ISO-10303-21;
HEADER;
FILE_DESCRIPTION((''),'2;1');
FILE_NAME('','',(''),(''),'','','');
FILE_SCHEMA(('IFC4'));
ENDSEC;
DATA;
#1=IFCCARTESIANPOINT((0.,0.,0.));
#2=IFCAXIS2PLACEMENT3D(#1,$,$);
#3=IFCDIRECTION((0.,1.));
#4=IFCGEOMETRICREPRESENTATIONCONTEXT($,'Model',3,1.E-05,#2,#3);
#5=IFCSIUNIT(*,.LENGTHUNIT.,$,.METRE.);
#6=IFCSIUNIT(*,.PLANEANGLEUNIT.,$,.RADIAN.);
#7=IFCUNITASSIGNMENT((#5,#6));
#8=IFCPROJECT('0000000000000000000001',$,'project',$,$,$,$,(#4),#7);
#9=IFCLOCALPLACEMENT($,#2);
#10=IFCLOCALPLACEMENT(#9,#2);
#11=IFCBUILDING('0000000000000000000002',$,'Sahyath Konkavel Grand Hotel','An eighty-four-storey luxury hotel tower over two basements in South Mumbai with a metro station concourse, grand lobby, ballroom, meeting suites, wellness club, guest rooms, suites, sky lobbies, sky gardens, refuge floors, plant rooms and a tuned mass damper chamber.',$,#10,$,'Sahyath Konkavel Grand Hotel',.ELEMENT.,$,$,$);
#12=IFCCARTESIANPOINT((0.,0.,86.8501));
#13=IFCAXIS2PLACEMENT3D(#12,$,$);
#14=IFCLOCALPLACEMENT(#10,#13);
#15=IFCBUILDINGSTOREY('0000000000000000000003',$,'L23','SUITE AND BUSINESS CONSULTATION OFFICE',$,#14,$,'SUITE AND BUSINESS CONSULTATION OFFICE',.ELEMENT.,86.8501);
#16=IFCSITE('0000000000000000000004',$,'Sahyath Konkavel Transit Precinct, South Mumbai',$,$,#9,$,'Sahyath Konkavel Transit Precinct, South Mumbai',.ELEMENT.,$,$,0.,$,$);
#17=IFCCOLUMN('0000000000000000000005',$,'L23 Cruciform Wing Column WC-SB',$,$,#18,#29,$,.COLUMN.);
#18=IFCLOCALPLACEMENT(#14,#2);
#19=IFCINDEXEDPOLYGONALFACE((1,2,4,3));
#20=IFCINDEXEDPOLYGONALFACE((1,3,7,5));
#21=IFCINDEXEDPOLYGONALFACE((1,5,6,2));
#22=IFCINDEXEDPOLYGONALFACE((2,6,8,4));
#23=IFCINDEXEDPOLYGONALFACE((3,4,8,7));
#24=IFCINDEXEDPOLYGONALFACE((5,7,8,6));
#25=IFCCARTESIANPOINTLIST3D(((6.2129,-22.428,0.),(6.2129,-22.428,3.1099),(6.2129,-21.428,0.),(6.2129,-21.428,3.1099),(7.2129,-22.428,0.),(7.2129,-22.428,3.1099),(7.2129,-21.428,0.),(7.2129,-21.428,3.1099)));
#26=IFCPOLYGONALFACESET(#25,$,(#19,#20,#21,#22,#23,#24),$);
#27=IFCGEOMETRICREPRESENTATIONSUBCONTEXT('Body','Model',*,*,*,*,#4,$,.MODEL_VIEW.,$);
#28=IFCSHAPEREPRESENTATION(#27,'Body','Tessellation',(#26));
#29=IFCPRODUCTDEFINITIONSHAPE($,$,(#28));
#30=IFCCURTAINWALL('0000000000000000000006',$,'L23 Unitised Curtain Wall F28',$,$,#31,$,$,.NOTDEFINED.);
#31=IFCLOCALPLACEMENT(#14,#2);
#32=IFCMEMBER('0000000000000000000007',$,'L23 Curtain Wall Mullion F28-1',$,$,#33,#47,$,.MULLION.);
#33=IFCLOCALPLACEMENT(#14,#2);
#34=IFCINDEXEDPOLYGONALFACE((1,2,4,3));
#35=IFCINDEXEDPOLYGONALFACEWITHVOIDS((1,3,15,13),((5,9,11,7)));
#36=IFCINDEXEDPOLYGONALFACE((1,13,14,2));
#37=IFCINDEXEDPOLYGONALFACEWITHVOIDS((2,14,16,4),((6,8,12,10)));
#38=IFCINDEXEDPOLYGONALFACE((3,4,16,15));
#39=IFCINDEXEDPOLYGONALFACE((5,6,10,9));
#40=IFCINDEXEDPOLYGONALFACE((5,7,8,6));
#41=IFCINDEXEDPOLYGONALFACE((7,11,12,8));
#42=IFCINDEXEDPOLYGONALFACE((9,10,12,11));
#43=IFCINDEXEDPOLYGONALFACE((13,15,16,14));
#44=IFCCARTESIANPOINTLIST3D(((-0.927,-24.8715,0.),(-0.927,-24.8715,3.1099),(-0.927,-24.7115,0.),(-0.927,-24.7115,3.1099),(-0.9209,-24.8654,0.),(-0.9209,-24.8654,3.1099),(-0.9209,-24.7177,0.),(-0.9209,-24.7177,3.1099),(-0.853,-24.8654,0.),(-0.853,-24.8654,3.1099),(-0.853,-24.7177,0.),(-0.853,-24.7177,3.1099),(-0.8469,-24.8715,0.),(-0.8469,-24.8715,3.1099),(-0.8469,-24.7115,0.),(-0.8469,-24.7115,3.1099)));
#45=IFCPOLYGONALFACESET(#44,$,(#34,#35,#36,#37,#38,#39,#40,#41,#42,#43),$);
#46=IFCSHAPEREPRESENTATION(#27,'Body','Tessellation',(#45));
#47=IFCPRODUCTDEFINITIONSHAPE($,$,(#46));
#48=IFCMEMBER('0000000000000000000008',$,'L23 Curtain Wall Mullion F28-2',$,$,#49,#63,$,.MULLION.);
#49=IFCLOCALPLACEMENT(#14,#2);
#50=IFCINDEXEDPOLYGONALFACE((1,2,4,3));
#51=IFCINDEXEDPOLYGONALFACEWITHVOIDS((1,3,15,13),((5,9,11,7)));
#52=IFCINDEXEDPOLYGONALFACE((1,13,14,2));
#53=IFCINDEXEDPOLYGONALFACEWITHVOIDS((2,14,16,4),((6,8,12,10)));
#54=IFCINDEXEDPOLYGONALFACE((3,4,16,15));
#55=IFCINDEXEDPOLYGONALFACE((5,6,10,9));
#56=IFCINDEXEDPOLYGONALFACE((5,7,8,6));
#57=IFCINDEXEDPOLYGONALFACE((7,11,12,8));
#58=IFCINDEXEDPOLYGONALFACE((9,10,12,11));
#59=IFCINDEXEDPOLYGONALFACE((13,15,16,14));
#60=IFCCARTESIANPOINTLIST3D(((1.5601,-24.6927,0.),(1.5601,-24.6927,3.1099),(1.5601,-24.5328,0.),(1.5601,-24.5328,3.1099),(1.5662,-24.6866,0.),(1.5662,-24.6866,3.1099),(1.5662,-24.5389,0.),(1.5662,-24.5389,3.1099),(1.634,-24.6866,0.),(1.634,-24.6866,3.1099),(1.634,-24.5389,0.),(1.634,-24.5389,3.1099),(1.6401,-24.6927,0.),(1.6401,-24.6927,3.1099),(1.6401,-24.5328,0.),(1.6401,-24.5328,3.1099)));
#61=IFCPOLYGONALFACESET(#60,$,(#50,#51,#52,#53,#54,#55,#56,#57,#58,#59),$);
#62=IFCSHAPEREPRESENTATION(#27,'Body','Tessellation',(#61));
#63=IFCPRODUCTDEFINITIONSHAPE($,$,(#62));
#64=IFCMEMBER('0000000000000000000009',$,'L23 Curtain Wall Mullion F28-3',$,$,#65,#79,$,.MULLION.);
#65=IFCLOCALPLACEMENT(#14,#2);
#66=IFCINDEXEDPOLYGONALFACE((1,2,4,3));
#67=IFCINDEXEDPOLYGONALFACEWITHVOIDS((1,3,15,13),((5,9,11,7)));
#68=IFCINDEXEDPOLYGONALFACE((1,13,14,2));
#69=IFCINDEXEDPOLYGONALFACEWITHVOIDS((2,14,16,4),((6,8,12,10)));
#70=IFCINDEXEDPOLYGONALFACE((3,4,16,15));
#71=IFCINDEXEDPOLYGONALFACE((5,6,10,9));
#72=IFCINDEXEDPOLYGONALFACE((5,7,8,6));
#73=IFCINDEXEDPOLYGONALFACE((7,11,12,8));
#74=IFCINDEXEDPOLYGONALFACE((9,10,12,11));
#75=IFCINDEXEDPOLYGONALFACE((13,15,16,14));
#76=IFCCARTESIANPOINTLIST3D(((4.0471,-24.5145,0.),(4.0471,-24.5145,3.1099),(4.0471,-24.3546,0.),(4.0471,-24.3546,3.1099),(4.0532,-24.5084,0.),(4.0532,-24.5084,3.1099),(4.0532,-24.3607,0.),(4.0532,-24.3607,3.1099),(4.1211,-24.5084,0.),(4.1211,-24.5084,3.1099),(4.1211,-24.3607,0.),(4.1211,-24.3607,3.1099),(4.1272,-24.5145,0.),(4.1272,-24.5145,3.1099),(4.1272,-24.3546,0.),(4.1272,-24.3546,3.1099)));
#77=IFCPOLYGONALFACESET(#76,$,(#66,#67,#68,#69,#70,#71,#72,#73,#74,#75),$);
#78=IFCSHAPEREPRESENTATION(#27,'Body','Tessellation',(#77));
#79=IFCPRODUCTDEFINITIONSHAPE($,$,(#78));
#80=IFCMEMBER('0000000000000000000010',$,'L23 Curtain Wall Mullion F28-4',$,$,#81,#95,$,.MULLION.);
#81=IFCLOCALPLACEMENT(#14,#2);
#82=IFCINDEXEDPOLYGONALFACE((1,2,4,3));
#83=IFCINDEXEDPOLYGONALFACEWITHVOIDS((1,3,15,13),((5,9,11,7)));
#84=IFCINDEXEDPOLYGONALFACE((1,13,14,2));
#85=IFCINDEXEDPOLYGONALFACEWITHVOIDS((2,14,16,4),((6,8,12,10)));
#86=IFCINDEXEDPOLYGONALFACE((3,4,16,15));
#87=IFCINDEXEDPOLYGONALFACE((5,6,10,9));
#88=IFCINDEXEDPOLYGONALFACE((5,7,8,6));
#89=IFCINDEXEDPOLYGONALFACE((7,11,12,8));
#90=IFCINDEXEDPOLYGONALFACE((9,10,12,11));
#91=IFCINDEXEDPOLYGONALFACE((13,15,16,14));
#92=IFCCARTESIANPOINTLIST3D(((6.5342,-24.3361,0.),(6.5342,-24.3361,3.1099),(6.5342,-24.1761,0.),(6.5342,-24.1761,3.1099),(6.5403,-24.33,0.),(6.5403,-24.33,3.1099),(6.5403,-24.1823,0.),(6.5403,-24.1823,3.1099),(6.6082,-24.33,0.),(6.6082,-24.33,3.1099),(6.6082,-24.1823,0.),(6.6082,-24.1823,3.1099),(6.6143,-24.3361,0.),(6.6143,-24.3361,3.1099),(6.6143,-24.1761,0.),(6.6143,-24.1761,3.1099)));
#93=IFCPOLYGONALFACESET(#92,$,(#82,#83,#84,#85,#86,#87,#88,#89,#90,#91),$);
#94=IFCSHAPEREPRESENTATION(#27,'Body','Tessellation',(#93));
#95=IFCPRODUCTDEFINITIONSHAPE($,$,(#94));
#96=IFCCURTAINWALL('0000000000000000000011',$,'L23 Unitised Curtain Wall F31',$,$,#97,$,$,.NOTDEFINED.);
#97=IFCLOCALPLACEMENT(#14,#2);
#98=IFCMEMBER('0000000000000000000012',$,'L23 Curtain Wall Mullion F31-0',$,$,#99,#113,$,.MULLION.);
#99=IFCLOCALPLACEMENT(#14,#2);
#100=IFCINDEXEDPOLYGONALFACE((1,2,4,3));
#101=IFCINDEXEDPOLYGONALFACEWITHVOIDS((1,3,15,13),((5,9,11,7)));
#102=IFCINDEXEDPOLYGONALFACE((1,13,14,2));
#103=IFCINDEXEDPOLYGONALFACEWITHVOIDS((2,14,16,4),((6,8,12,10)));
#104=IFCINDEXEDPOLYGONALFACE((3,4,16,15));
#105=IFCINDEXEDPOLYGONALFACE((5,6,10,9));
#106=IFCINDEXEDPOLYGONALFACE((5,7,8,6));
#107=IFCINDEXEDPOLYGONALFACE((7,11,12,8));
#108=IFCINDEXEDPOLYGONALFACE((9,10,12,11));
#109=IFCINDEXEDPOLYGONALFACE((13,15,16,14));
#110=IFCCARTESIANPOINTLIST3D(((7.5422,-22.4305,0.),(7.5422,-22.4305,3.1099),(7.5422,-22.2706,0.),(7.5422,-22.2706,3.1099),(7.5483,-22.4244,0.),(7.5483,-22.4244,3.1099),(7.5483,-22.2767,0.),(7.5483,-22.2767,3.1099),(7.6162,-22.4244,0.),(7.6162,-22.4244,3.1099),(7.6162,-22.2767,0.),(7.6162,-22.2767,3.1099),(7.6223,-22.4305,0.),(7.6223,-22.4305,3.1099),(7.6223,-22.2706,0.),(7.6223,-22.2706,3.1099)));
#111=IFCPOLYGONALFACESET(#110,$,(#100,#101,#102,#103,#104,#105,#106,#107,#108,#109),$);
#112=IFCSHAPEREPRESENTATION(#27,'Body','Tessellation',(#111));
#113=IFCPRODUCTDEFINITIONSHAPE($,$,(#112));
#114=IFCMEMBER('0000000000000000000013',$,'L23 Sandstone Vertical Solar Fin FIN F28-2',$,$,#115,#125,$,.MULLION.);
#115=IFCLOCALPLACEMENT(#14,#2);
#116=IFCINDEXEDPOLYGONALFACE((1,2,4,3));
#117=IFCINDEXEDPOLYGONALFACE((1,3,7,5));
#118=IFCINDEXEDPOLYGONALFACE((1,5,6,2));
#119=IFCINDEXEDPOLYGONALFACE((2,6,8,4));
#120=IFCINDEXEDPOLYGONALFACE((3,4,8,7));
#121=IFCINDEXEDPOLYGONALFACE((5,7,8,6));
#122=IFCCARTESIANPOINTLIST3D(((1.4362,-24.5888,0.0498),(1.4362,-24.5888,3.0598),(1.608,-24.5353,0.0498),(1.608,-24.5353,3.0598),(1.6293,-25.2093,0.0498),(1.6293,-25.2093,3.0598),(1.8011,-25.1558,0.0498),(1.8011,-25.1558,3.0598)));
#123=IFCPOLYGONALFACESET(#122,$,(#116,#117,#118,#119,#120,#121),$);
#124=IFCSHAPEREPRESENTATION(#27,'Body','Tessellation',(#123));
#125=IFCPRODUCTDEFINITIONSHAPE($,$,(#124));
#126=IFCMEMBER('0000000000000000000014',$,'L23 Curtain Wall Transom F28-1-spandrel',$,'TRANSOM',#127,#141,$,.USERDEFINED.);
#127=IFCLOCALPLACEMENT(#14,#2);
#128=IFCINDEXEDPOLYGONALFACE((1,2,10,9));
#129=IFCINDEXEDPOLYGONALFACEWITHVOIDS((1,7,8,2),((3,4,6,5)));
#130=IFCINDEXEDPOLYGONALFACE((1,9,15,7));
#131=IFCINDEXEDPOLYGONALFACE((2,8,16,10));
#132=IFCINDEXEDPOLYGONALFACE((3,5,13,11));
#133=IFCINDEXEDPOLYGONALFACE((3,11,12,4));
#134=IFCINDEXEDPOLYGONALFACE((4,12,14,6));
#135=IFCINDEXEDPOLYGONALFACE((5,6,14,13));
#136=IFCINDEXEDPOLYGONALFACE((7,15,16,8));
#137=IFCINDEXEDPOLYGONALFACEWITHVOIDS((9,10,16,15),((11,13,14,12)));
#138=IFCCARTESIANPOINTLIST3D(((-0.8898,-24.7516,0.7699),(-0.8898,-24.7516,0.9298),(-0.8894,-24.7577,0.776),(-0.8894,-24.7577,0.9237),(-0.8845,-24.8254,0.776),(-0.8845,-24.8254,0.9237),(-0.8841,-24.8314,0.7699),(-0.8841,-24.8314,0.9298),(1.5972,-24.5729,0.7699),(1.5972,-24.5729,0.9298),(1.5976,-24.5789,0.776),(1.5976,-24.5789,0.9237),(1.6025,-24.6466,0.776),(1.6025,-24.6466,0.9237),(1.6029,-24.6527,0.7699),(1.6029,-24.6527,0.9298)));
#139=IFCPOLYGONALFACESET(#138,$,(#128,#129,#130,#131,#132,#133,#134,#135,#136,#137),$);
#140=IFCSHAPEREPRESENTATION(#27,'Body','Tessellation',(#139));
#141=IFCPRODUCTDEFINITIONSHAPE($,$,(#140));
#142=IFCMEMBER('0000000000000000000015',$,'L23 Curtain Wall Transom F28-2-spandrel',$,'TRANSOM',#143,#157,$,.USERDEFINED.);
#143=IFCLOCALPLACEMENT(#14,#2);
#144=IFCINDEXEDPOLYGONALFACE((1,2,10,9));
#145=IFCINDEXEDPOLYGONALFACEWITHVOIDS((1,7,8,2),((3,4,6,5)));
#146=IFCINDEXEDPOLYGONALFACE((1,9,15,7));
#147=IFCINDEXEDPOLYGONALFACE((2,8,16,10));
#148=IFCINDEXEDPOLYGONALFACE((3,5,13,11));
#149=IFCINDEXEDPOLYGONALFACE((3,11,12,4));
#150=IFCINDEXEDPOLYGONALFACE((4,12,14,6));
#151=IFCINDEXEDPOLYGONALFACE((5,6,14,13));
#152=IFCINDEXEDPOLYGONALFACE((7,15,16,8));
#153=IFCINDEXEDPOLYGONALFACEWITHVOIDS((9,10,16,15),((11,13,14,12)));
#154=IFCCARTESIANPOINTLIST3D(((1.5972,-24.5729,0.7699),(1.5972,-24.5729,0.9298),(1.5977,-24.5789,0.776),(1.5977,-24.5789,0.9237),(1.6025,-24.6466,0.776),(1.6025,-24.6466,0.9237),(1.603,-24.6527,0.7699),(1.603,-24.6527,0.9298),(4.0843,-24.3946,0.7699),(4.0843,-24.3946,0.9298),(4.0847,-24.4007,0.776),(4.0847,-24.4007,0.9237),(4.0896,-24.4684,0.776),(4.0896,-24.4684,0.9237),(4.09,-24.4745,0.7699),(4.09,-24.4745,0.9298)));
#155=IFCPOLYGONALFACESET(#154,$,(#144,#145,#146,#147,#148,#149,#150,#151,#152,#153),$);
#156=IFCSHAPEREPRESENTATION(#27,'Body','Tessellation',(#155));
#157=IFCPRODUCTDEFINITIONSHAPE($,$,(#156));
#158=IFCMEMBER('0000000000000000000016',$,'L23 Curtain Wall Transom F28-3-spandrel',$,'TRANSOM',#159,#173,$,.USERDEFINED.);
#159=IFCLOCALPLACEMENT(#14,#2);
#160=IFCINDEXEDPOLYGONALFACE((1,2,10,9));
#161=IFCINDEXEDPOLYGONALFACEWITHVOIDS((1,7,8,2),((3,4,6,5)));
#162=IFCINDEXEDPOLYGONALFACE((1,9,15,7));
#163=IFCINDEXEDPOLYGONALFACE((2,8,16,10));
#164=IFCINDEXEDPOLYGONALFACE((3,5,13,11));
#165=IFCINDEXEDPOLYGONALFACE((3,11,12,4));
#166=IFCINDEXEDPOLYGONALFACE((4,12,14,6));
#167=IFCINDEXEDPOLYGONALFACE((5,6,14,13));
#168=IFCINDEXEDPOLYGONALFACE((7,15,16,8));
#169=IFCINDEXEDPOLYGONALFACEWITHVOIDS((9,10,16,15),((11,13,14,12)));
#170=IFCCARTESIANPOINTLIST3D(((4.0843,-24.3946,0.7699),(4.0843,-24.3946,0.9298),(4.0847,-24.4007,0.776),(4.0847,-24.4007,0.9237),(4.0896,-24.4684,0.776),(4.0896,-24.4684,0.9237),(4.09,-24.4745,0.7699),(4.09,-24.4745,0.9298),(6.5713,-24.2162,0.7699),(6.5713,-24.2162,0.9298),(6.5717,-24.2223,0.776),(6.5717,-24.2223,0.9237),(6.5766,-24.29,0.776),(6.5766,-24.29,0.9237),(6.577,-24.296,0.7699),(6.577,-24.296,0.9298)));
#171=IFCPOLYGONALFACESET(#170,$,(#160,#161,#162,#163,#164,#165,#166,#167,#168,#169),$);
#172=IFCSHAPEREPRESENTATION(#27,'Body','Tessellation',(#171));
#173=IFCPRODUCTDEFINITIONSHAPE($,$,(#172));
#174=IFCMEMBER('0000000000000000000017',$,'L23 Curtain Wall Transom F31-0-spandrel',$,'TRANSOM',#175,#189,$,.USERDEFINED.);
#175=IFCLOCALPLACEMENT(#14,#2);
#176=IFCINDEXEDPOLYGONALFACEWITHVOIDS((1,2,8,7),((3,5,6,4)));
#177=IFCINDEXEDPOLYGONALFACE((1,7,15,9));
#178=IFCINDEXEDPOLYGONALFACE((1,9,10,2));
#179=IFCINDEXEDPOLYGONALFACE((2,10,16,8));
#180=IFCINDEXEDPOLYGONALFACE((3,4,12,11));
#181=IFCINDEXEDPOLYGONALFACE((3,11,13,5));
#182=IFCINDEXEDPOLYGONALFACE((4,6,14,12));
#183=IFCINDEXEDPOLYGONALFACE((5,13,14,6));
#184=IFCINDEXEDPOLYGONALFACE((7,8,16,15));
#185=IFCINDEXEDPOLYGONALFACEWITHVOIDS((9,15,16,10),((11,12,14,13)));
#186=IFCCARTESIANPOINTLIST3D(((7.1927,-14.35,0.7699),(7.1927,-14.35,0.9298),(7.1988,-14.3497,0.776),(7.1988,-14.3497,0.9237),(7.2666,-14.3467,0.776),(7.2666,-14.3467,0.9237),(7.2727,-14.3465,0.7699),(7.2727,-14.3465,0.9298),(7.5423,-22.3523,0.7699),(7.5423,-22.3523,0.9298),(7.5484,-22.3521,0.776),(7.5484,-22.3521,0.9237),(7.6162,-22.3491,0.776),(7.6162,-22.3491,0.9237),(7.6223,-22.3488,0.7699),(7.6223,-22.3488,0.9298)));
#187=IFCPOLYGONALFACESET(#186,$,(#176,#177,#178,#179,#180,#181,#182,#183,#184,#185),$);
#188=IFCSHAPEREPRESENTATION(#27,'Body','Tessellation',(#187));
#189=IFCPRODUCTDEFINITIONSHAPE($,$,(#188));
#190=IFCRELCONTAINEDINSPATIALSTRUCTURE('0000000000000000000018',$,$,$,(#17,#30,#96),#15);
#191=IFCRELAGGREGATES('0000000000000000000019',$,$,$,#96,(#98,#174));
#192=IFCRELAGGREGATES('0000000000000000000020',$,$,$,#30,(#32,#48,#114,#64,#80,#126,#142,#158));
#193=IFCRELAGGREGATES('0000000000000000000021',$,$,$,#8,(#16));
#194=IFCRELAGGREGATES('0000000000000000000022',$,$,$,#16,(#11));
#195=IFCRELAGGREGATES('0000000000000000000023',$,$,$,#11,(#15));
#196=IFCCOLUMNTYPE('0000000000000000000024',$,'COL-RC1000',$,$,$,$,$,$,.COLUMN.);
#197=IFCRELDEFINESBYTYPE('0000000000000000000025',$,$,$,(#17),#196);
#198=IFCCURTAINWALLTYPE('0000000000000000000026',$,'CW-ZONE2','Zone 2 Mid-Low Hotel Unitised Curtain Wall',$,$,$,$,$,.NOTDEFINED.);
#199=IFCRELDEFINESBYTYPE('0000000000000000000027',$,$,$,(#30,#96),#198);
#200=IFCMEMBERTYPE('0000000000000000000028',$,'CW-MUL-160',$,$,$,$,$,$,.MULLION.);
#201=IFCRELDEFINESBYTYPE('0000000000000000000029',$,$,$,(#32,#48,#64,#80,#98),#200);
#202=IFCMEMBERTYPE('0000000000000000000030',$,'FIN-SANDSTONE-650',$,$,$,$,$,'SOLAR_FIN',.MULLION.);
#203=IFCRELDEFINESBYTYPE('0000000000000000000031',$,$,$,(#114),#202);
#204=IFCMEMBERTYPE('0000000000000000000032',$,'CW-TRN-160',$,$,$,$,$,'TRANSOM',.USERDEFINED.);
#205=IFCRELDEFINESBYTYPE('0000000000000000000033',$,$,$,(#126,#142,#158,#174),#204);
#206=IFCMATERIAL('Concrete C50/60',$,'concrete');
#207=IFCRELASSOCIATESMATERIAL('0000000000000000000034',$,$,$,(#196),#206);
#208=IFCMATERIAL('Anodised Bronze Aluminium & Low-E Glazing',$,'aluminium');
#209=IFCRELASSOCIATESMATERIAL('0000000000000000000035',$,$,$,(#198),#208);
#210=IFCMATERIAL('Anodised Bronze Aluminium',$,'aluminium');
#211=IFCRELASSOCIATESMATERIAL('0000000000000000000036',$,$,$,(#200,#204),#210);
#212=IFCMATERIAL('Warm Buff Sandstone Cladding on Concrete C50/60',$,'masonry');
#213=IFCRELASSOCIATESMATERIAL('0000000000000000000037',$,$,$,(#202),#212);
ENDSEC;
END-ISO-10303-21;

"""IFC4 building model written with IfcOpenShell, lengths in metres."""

from ifc_helpers import new_model, si_unit, direction, frame, origin, origin_2d, place, context, subcontext, project, spatial, rectangle, hollow_rectangle, extrude, source, transform, mapped, material, material_profile, profile_set, type_object, element, aggregate, save


model = new_model("IFC4")

# Units and contexts
model_context = context("Model", 3, precision=1e-05, world=origin(), true_north=direction((0.0, 1.0)))
body_context = subcontext(model_context, "Body", "Model", "MODEL_VIEW")
ifc_project = project(units=[si_unit("LENGTHUNIT", "METRE"), si_unit("PLANEANGLEUNIT", "RADIAN")], contexts=[model_context])

# Site, building, storey
site_placement = place(None, origin())
site = spatial("IfcSite", under=ifc_project, at=site_placement, Name="Sahyath Konkavel Transit Precinct, South Mumbai", LongName="Sahyath Konkavel Transit Precinct, South Mumbai", CompositionType="ELEMENT", RefElevation=0.0)
building_placement = place(site_placement, origin())
building = spatial("IfcBuilding", under=site, at=building_placement, Name="Sahyath Konkavel Grand Hotel", Description="An eighty-four-storey luxury hotel tower over two basements in South Mumbai with a metro station concourse, grand lobby, ballroom, meeting suites, wellness club, guest rooms, suites, sky lobbies, sky gardens, refuge floors, plant rooms and a tuned mass damper chamber.", LongName="Sahyath Konkavel Grand Hotel", CompositionType="ELEMENT")
storey_placement = place(building_placement, frame((0.0, 0.0, 86.8501)))
storey = spatial("IfcBuildingStorey", under=building, at=storey_placement, Name="L23", Description="SUITE AND BUSINESS CONSULTATION OFFICE", LongName="SUITE AND BUSINESS CONSULTATION OFFICE", CompositionType="ELEMENT", Elevation=86.8501)

# Column
ifc_material_1 = material(Name="Concrete C50/60", Category="concrete")
ifc_material_profile_1 = material_profile(ifc_material_1, rectangle(XDim=1.0, YDim=1.0, at=origin_2d()), Name="RC 1000x1000")
ifc_profile_set_1 = profile_set([ifc_material_profile_1], Name="Concrete C50/60")
column_type = type_object("IfcColumnType", Name="COL-RC1000", PredefinedType="COLUMN", material=ifc_profile_set_1)
shared_shape_1 = source(origin(), body_context, "Body", "SweptSolid", [
    extrude(rectangle(XDim=1.0, YDim=1.0, at=origin_2d()), origin(), (0.0, 0.0, 1.0), 3.1099),
])
column_placement = place(storey_placement, frame((6.7129, -21.928, 0.0), z_axis=(0.0, 0.0, 1.0), x_axis=(1.0, 0.0, 0.0)))
element("IfcColumn", 1, at=column_placement, inside=storey, type_object=column_type, Name="L23 Cruciform Wing Column WC-SB", PredefinedType="COLUMN", context=body_context, shape_type="MappedRepresentation", body=[
    mapped(shared_shape_1, transform((0.0, 0.0, 0.0), scale=1.0)),
])

# Curtain wall, members
ifc_material_2 = material(Name="Anodised Bronze Aluminium & Low-E Glazing", Category="aluminium")
curtain_wall_type = type_object("IfcCurtainWallType", Name="CW-ZONE2", Description="Zone 2 Mid-Low Hotel Unitised Curtain Wall", PredefinedType="NOTDEFINED", material=ifc_material_2)
curtain_wall_1_placement = place(storey_placement, origin())
curtain_wall_1 = element("IfcCurtainWall", 2, at=curtain_wall_1_placement, inside=storey, type_object=curtain_wall_type, Name="L23 Unitised Curtain Wall F28", PredefinedType="NOTDEFINED")
ifc_material_3 = material(Name="Anodised Bronze Aluminium", Category="aluminium")
ifc_material_profile_2 = material_profile(ifc_material_3, hollow_rectangle(XDim=0.0801, YDim=0.1599, WallThickness=0.0061, at=origin_2d()), Name="RHS 160x80x6")
ifc_profile_set_2 = profile_set([ifc_material_profile_2], Name="Anodised Bronze Aluminium")
member_type_1 = type_object("IfcMemberType", Name="CW-MUL-160", PredefinedType="MULLION", material=ifc_profile_set_2)
shared_shape_2 = source(origin(), body_context, "Body", "SweptSolid", [
    extrude(hollow_rectangle(XDim=0.0801, YDim=0.1599, WallThickness=0.0061, at=origin_2d()), origin(), (0.0, 0.0, 1.0), 3.1099),
])
member_1_placement = place(storey_placement, frame((-0.887, -24.7915, 0.0), z_axis=(0.0, 0.0, 1.0), x_axis=(1.0, 0.0, 0.0)))
member_1 = element("IfcMember", 3, at=member_1_placement, type_object=member_type_1, Name="L23 Curtain Wall Mullion F28-1", PredefinedType="MULLION", context=body_context, shape_type="MappedRepresentation", body=[
    mapped(shared_shape_2, transform((0.0, 0.0, 0.0), scale=1.0)),
])
member_2_placement = place(storey_placement, frame((1.6001, -24.6128, 0.0), z_axis=(0.0, 0.0, 1.0), x_axis=(1.0, 0.0, 0.0)))
member_2 = element("IfcMember", 4, at=member_2_placement, type_object=member_type_1, Name="L23 Curtain Wall Mullion F28-2", PredefinedType="MULLION", context=body_context, shape_type="MappedRepresentation", body=[
    mapped(shared_shape_2, transform((0.0, 0.0, 0.0), scale=1.0)),
])
member_3_placement = place(storey_placement, frame((4.0872, -24.4346, 0.0), z_axis=(0.0, 0.0, 1.0), x_axis=(1.0, 0.0, 0.0)))
member_3 = element("IfcMember", 5, at=member_3_placement, type_object=member_type_1, Name="L23 Curtain Wall Mullion F28-3", PredefinedType="MULLION", context=body_context, shape_type="MappedRepresentation", body=[
    mapped(shared_shape_2, transform((0.0, 0.0, 0.0), scale=1.0)),
])
member_4_placement = place(storey_placement, frame((6.5742, -24.2561, 0.0), z_axis=(0.0, 0.0, 1.0), x_axis=(1.0, 0.0, 0.0)))
member_4 = element("IfcMember", 6, at=member_4_placement, type_object=member_type_1, Name="L23 Curtain Wall Mullion F28-4", PredefinedType="MULLION", context=body_context, shape_type="MappedRepresentation", body=[
    mapped(shared_shape_2, transform((0.0, 0.0, 0.0), scale=1.0)),
])

# Curtain wall, member
curtain_wall_2_placement = place(storey_placement, origin())
curtain_wall_2 = element("IfcCurtainWall", 7, at=curtain_wall_2_placement, inside=storey, type_object=curtain_wall_type, Name="L23 Unitised Curtain Wall F31", PredefinedType="NOTDEFINED")
member_5_placement = place(storey_placement, frame((7.5823, -22.3506, 0.0), z_axis=(0.0, 0.0, 1.0), x_axis=(1.0, 0.0, 0.0)))
member_5 = element("IfcMember", 8, at=member_5_placement, type_object=member_type_1, Name="L23 Curtain Wall Mullion F31-0", PredefinedType="MULLION", context=body_context, shape_type="MappedRepresentation", body=[
    mapped(shared_shape_2, transform((0.0, 0.0, 0.0), scale=1.0)),
])

# Members
ifc_material_4 = material(Name="Warm Buff Sandstone Cladding on Concrete C50/60", Category="masonry")
ifc_material_profile_3 = material_profile(ifc_material_4, rectangle(XDim=0.1799, YDim=0.6499, at=origin_2d()), Name="FIN 180x650")
ifc_profile_set_3 = profile_set([ifc_material_profile_3], Name="Warm Buff Sandstone Cladding on Concrete C50/60")
member_type_2 = type_object("IfcMemberType", Name="FIN-SANDSTONE-650", ElementType="SOLAR_FIN", PredefinedType="MULLION", material=ifc_profile_set_3)
shared_shape_3 = source(origin(), body_context, "Body", "SweptSolid", [
    extrude(rectangle(XDim=0.1799, YDim=0.6499, at=origin_2d()), origin(), (0.0, 0.0, 1.0), 3.01),
])
member_6_placement = place(storey_placement, frame((1.6187, -24.8723, 0.0498), z_axis=(0.0, 0.0, 1.0), x_axis=(0.954813, 0.297208, 0.0)))
member_6 = element("IfcMember", 9, at=member_6_placement, type_object=member_type_2, Name="L23 Sandstone Vertical Solar Fin FIN F28-2", PredefinedType="MULLION", context=body_context, shape_type="MappedRepresentation", body=[
    mapped(shared_shape_3, transform((0.0, 0.0, 0.0), scale=1.0)),
])
ifc_material_profile_4 = material_profile(ifc_material_3, hollow_rectangle(XDim=0.0801, YDim=0.1599, WallThickness=0.0061, at=origin_2d()), Name="RHS 160x80x6")
ifc_profile_set_4 = profile_set([ifc_material_profile_4], Name="Anodised Bronze Aluminium")
member_type_3 = type_object("IfcMemberType", Name="CW-TRN-160", ElementType="TRANSOM", PredefinedType="USERDEFINED", material=ifc_profile_set_4)
shared_shape_4 = source(origin(), body_context, "Body", "SweptSolid", [
    extrude(hollow_rectangle(XDim=0.0801, YDim=0.1599, WallThickness=0.0061, at=origin_2d()), origin(), (0.0, 0.0, 1.0), 2.4934),
])
member_7_placement = place(storey_placement, frame((-0.887, -24.7915, 0.8499), z_axis=(0.997428, 0.071671, 0.0), x_axis=(-0.071671, 0.997428, 0.0)))
member_7 = element("IfcMember", 10, at=member_7_placement, type_object=member_type_3, Name="L23 Curtain Wall Transom F28-1-spandrel", ObjectType="TRANSOM", PredefinedType="USERDEFINED", context=body_context, shape_type="MappedRepresentation", body=[
    mapped(shared_shape_4, transform((0.0, 0.0, 0.0), scale=1.0)),
])
member_8_placement = place(storey_placement, frame((1.6001, -24.6128, 0.8499), z_axis=(0.997442, 0.071477, 0.0), x_axis=(-0.071477, 0.997442, 0.0)))
member_8 = element("IfcMember", 11, at=member_8_placement, type_object=member_type_3, Name="L23 Curtain Wall Transom F28-2-spandrel", ObjectType="TRANSOM", PredefinedType="USERDEFINED", context=body_context, shape_type="MappedRepresentation", body=[
    mapped(shared_shape_4, transform((0.0, 0.0, 0.0), scale=1.0)),
])
member_9_placement = place(storey_placement, frame((4.0872, -24.4346, 0.8499), z_axis=(0.997435, 0.071574, 0.0), x_axis=(-0.071574, 0.997435, 0.0)))
member_9 = element("IfcMember", 12, at=member_9_placement, type_object=member_type_3, Name="L23 Curtain Wall Transom F28-3-spandrel", ObjectType="TRANSOM", PredefinedType="USERDEFINED", context=body_context, shape_type="MappedRepresentation", body=[
    mapped(shared_shape_4, transform((0.0, 0.0, 0.0), scale=1.0)),
])
shared_shape_5 = source(origin(), body_context, "Body", "SweptSolid", [
    extrude(hollow_rectangle(XDim=0.0801, YDim=0.1599, WallThickness=0.0061, at=origin_2d()), origin(), (0.0, 0.0, 1.0), 8.01),
])
member_10_placement = place(storey_placement, frame((7.5823, -22.3506, 0.8499), z_axis=(-0.043646, 0.999047, 0.0), x_axis=(-0.999047, -0.043646, 0.0)))
member_10 = element("IfcMember", 13, at=member_10_placement, type_object=member_type_3, Name="L23 Curtain Wall Transom F31-0-spandrel", ObjectType="TRANSOM", PredefinedType="USERDEFINED", context=body_context, shape_type="MappedRepresentation", body=[
    mapped(shared_shape_5, transform((0.0, 0.0, 0.0), scale=1.0)),
])
aggregate(curtain_wall_2, [member_5, member_10])

aggregate(curtain_wall_1, [member_1, member_2, member_6, member_3, member_4, member_7, member_8, member_9])

save(model, "model.ifc")
